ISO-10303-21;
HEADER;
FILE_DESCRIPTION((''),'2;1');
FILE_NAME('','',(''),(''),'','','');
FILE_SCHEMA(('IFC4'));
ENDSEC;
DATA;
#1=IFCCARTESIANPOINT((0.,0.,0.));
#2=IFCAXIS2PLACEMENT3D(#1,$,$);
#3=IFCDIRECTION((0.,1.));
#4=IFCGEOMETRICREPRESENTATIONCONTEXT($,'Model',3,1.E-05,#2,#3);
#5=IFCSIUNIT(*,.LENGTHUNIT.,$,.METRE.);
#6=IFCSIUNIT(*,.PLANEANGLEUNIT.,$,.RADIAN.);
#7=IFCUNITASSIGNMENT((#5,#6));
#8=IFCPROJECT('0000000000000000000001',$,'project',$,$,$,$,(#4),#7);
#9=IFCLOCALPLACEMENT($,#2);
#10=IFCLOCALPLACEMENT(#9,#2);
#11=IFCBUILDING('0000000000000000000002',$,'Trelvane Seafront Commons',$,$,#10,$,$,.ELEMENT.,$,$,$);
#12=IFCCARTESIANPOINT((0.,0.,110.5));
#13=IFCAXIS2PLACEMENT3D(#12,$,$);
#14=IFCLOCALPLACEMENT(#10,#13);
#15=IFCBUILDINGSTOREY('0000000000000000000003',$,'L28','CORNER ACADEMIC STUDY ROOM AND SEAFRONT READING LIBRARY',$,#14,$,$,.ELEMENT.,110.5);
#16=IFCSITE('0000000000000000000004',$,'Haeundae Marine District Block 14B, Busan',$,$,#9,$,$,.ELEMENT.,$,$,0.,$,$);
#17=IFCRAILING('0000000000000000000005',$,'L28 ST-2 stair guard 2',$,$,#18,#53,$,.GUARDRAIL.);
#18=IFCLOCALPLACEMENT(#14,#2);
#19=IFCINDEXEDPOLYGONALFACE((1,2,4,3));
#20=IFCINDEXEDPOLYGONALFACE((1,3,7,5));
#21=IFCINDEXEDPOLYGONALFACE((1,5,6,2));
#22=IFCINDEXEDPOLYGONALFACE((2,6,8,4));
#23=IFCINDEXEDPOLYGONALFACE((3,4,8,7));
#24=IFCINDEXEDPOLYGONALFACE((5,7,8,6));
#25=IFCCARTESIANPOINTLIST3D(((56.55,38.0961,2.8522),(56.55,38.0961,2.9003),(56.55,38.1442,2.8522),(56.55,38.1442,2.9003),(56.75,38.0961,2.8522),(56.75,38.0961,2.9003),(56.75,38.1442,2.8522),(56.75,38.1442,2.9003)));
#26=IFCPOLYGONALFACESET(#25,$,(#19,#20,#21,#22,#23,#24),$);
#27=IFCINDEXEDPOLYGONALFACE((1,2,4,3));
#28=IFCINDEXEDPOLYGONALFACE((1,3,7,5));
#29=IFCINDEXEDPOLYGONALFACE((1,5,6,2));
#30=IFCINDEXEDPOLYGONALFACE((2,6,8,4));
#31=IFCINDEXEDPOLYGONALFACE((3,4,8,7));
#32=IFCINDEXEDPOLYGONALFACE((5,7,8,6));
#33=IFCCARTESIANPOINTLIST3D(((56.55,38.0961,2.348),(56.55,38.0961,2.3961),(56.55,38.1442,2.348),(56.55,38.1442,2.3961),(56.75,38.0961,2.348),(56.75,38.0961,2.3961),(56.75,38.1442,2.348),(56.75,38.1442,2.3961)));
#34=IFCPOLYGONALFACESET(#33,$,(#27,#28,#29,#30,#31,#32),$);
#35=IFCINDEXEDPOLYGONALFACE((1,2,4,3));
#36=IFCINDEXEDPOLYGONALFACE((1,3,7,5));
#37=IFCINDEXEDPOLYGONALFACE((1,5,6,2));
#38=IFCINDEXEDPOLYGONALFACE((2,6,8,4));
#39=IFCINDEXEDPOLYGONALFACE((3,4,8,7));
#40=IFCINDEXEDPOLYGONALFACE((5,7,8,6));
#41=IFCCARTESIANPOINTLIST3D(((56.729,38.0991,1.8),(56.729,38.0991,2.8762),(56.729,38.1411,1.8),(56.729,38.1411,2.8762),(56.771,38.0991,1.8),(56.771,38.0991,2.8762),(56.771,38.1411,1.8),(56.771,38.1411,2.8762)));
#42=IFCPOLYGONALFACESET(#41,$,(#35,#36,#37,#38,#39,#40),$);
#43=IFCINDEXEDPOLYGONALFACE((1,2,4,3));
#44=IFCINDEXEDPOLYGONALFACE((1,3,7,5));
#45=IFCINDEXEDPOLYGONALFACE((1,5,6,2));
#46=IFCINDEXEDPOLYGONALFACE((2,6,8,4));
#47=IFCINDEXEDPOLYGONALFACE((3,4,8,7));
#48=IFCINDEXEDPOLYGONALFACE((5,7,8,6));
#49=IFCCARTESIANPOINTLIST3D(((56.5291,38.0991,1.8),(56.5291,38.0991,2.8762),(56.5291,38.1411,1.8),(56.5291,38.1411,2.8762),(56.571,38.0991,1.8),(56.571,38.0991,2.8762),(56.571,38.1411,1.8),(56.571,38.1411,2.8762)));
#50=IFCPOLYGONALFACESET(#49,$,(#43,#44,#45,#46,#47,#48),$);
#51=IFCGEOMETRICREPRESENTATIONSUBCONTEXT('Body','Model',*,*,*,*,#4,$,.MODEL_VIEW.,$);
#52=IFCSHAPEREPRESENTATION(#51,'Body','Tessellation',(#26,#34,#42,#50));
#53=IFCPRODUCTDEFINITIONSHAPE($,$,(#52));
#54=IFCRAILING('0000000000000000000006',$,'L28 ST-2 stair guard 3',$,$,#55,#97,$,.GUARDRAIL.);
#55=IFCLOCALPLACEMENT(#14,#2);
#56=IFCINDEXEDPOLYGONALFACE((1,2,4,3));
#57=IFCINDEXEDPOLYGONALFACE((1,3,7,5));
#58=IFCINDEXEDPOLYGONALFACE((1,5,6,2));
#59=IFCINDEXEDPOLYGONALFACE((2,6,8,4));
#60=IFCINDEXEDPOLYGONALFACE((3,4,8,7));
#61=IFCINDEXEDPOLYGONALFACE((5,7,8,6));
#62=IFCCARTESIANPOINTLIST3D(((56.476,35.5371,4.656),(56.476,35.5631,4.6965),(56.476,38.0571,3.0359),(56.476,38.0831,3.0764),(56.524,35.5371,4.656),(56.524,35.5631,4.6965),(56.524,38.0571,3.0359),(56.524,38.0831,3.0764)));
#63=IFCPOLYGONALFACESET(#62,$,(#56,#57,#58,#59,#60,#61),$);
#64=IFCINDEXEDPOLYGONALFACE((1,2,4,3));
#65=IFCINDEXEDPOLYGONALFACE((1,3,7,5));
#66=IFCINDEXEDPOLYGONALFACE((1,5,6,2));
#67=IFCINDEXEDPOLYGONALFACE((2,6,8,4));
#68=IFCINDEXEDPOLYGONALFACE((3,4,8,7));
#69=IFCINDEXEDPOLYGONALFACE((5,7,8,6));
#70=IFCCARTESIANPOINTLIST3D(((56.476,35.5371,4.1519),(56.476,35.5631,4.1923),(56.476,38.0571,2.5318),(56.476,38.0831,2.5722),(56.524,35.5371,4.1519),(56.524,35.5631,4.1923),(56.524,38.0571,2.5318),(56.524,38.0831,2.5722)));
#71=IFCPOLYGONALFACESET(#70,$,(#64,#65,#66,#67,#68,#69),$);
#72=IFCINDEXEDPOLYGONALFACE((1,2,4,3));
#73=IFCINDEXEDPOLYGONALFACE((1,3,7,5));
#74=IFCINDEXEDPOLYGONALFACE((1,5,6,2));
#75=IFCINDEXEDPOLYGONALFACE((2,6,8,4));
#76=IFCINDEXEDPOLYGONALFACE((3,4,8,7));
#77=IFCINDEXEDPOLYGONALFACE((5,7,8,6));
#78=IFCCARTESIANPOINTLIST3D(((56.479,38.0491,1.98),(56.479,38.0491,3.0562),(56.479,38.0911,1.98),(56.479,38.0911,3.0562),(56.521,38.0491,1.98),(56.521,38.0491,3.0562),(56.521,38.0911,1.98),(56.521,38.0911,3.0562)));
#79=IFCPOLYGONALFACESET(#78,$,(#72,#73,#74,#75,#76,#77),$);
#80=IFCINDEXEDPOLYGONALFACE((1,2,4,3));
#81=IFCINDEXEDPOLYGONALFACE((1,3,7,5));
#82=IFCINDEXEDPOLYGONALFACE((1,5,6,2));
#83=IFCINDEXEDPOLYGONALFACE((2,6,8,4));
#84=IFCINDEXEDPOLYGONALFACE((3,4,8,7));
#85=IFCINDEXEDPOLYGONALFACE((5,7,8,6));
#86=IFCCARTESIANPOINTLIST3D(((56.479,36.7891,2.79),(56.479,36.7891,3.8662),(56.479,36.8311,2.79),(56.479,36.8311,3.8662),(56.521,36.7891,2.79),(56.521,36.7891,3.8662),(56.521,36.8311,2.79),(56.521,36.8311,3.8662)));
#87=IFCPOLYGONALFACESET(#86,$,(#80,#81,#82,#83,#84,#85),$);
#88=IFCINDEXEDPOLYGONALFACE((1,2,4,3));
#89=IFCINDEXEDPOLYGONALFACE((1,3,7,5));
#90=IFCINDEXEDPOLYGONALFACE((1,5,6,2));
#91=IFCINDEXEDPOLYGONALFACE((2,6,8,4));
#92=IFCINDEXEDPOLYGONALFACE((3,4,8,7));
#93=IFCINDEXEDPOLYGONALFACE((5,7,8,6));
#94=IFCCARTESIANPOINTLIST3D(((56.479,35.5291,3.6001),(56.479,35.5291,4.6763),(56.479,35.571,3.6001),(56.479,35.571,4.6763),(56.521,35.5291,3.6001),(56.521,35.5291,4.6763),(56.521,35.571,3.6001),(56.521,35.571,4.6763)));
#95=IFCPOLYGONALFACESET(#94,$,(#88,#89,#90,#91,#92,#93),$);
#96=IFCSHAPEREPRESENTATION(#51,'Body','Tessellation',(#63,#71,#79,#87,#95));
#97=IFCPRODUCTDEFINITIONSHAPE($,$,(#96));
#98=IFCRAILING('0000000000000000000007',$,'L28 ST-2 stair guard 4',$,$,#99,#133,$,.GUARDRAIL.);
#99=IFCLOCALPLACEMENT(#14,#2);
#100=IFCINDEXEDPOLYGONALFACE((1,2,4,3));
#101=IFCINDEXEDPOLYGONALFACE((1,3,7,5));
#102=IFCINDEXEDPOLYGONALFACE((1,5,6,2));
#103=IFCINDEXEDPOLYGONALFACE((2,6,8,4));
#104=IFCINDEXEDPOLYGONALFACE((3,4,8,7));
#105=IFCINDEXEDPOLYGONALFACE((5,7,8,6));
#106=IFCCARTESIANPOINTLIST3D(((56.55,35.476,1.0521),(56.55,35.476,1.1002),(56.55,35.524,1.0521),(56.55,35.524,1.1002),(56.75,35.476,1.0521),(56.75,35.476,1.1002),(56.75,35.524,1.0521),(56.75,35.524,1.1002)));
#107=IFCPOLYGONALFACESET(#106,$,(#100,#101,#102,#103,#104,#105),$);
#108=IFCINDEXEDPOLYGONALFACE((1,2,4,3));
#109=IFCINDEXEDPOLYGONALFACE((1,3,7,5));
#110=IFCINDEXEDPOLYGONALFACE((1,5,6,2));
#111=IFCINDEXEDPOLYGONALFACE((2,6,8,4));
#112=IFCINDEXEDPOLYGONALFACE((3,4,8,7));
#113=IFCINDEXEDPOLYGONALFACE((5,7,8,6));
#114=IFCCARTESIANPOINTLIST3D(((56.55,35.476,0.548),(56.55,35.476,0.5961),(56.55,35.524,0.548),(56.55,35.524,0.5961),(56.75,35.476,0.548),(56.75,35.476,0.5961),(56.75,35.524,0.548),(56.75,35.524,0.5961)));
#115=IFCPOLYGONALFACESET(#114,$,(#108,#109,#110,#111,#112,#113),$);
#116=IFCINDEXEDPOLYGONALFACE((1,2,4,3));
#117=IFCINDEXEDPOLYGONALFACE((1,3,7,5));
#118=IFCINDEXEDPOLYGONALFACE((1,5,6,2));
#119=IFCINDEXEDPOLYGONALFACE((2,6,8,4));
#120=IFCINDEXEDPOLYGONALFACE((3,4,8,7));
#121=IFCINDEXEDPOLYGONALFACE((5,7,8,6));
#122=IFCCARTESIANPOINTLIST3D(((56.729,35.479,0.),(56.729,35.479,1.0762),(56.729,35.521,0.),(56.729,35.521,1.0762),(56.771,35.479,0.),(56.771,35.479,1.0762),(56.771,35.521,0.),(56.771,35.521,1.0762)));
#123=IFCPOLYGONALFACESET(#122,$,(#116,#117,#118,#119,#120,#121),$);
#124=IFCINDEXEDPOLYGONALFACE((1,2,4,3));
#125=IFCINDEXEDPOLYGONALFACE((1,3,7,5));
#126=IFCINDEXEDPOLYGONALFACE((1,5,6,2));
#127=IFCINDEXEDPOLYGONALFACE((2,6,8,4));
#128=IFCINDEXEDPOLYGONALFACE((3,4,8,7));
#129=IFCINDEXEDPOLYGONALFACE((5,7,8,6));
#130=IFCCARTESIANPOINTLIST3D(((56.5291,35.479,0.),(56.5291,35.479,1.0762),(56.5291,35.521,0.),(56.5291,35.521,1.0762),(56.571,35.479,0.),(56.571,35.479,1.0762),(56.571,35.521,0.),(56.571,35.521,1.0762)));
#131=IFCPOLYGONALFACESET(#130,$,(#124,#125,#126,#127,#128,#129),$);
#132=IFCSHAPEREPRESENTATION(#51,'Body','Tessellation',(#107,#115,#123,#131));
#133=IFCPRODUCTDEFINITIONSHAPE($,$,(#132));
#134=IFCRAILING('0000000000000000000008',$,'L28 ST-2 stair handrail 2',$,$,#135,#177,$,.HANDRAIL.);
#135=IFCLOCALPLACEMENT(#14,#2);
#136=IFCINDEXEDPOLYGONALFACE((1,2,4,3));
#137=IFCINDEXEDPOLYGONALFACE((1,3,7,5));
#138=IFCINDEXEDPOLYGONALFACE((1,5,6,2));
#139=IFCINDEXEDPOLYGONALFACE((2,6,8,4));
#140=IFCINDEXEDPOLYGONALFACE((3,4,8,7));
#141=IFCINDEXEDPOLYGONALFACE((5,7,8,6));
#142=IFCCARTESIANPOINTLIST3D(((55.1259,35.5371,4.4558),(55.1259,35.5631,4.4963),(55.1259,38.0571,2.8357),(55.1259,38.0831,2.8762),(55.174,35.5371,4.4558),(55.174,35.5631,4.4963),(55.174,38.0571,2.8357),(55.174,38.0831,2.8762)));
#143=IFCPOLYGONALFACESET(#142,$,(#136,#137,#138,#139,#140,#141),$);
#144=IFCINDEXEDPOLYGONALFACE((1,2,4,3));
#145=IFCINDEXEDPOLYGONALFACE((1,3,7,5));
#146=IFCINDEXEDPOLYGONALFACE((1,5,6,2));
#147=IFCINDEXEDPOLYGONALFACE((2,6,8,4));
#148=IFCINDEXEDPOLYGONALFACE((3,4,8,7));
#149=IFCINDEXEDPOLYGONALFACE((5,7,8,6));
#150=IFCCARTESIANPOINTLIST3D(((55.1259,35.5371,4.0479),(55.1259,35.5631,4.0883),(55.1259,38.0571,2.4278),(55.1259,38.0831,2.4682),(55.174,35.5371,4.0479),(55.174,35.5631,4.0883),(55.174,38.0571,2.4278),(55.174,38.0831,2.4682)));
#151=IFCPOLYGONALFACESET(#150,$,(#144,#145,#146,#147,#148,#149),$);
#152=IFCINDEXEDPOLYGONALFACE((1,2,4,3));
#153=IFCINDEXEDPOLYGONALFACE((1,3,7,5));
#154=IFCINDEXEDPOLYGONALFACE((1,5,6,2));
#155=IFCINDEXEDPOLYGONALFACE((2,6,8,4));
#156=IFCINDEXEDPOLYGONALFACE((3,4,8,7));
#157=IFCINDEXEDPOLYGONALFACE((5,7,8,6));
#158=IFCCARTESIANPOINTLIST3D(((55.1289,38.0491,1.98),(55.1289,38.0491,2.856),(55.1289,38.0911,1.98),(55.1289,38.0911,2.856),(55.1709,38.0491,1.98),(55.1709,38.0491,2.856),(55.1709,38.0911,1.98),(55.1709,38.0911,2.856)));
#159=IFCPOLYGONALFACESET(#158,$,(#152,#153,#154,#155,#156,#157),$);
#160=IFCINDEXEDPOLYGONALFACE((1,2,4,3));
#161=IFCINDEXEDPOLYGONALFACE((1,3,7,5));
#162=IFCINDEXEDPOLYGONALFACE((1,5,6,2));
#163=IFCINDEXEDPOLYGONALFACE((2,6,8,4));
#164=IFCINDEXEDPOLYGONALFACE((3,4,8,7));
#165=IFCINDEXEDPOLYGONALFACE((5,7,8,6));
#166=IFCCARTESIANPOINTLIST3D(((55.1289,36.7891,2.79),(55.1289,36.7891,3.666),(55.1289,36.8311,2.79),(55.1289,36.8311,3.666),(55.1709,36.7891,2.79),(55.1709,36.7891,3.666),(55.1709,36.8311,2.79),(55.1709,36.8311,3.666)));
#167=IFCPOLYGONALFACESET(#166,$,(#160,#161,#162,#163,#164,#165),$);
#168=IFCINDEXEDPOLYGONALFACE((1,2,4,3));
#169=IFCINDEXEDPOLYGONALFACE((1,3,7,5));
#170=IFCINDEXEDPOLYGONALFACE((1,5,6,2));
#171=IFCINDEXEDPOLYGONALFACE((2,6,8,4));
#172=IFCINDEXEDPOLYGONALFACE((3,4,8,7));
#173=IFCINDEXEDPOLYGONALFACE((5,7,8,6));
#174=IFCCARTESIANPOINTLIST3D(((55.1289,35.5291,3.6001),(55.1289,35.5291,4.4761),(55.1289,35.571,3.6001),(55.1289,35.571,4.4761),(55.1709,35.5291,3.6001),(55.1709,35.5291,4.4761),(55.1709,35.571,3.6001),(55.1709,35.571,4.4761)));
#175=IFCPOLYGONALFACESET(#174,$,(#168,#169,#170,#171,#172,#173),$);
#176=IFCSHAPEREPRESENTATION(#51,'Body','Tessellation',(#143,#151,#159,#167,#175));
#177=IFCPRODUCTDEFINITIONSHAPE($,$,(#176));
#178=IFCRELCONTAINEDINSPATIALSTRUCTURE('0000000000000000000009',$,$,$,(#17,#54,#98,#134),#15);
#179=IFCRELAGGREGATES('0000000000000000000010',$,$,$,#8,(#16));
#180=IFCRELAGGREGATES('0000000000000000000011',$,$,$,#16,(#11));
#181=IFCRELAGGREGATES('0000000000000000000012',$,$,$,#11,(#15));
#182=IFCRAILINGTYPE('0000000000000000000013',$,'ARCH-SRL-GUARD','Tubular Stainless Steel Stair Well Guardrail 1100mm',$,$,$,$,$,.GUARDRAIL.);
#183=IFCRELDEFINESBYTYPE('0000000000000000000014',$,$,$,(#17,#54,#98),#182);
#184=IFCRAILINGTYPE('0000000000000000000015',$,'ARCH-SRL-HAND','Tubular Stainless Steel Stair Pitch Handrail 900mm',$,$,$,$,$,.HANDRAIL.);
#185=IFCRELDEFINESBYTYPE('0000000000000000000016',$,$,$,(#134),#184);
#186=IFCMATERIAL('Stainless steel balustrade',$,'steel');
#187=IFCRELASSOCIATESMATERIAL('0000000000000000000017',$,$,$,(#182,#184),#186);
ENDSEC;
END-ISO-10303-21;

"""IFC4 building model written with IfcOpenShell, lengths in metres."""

from ifc_helpers import new_model, si_unit, direction, frame, origin, origin_2d, place, context, subcontext, project, spatial, rectangle, extrude, material, type_object, element, save


model = new_model("IFC4")

# Units and contexts
model_context = context("Model", 3, precision=1e-05, world=origin(), true_north=direction((0.0, 1.0)))
body_context = subcontext(model_context, "Body", "Model", "MODEL_VIEW")
ifc_project = project(units=[si_unit("LENGTHUNIT", "METRE"), si_unit("PLANEANGLEUNIT", "RADIAN")], contexts=[model_context])

# Site, building, storey
site_placement = place(None, origin())
site = spatial("IfcSite", under=ifc_project, at=site_placement, Name="Haeundae Marine District Block 14B, Busan", CompositionType="ELEMENT", RefElevation=0.0)
building_placement = place(site_placement, origin())
building = spatial("IfcBuilding", under=site, at=building_placement, Name="Trelvane Seafront Commons", CompositionType="ELEMENT")
storey_placement = place(building_placement, frame((0.0, 0.0, 110.5)))
storey = spatial("IfcBuildingStorey", under=building, at=storey_placement, Name="L28", Description="CORNER ACADEMIC STUDY ROOM AND SEAFRONT READING LIBRARY", CompositionType="ELEMENT", Elevation=110.5)

# Railings
ifc_material_1 = material(Name="Stainless steel balustrade", Category="steel")
railing_type_1 = type_object("IfcRailingType", Name="ARCH-SRL-GUARD", Description="Tubular Stainless Steel Stair Well Guardrail 1100mm", PredefinedType="GUARDRAIL", material=ifc_material_1)
railing_1_placement = place(storey_placement, frame((56.75, 38.1201, 1.8)))
element("IfcRailing", 1, at=railing_1_placement, inside=storey, type_object=railing_type_1, Name="L28 ST-2 stair guard 2", PredefinedType="GUARDRAIL", context=body_context, shape_type="SweptSolid", body=[
    extrude(rectangle(XDim=0.0481, YDim=0.0481, at=origin_2d()), frame((0.0, 0.0, 1.0762), z_axis=(-1.0, 0.0, 0.0), x_axis=(0.0, -1.0, 0.0)), (0.0, 0.0, 1.0), 0.2),
    extrude(rectangle(XDim=0.0481, YDim=0.0481, at=origin_2d()), frame((0.0, 0.0, 0.572), z_axis=(-1.0, 0.0, 0.0), x_axis=(0.0, -1.0, 0.0)), (0.0, 0.0, 1.0), 0.2),
    extrude(rectangle(XDim=0.042, YDim=0.042, at=origin_2d()), origin(), (0.0, 0.0, 1.0), 1.0762),
    extrude(rectangle(XDim=0.042, YDim=0.042, at=origin_2d()), frame((-0.2, 0.0, 0.0)), (0.0, 0.0, 1.0), 1.0762),
])
railing_2_placement = place(storey_placement, frame((56.5, 38.0701, 1.98)))
element("IfcRailing", 2, at=railing_2_placement, inside=storey, type_object=railing_type_1, Name="L28 ST-2 stair guard 3", PredefinedType="GUARDRAIL", context=body_context, shape_type="SweptSolid", body=[
    extrude(rectangle(XDim=0.0481, YDim=0.0481, at=origin_2d()), frame((0.0, 0.0, 1.0762), z_axis=(0.0, -0.841163, 0.540782), x_axis=(1.0, 0.0, 0.0)), (0.0, 0.0, 1.0), 2.9958),
    extrude(rectangle(XDim=0.0481, YDim=0.0481, at=origin_2d()), frame((0.0, 0.0, 0.572), z_axis=(0.0, -0.841163, 0.540782), x_axis=(1.0, 0.0, 0.0)), (0.0, 0.0, 1.0), 2.9958),
    extrude(rectangle(XDim=0.042, YDim=0.042, at=origin_2d()), origin(), (0.0, 0.0, 1.0), 1.0762),
    extrude(rectangle(XDim=0.042, YDim=0.042, at=origin_2d()), frame((0.0, -1.26, 0.8101)), (0.0, 0.0, 1.0), 1.0762),
    extrude(rectangle(XDim=0.042, YDim=0.042, at=origin_2d()), frame((0.0, -2.52, 1.6201)), (0.0, 0.0, 1.0), 1.0762),
])
railing_3_placement = place(storey_placement, frame((56.75, 35.5, 0.0)))
element("IfcRailing", 3, at=railing_3_placement, inside=storey, type_object=railing_type_1, Name="L28 ST-2 stair guard 4", PredefinedType="GUARDRAIL", context=body_context, shape_type="SweptSolid", body=[
    extrude(rectangle(XDim=0.0481, YDim=0.0481, at=origin_2d()), frame((0.0, 0.0, 1.0762), z_axis=(-1.0, 0.0, 0.0), x_axis=(0.0, -1.0, 0.0)), (0.0, 0.0, 1.0), 0.2),
    extrude(rectangle(XDim=0.0481, YDim=0.0481, at=origin_2d()), frame((0.0, 0.0, 0.572), z_axis=(-1.0, 0.0, 0.0), x_axis=(0.0, -1.0, 0.0)), (0.0, 0.0, 1.0), 0.2),
    extrude(rectangle(XDim=0.042, YDim=0.042, at=origin_2d()), origin(), (0.0, 0.0, 1.0), 1.0762),
    extrude(rectangle(XDim=0.042, YDim=0.042, at=origin_2d()), frame((-0.2, 0.0, 0.0)), (0.0, 0.0, 1.0), 1.0762),
])
railing_type_2 = type_object("IfcRailingType", Name="ARCH-SRL-HAND", Description="Tubular Stainless Steel Stair Pitch Handrail 900mm", PredefinedType="HANDRAIL", material=ifc_material_1)
railing_4_placement = place(storey_placement, frame((55.1499, 38.0701, 1.98)))
element("IfcRailing", 4, at=railing_4_placement, inside=storey, type_object=railing_type_2, Name="L28 ST-2 stair handrail 2", PredefinedType="HANDRAIL", context=body_context, shape_type="SweptSolid", body=[
    extrude(rectangle(XDim=0.0481, YDim=0.0481, at=origin_2d()), frame((0.0, 0.0, 0.876), z_axis=(0.0, -0.841163, 0.540782), x_axis=(1.0, 0.0, 0.0)), (0.0, 0.0, 1.0), 2.9958),
    extrude(rectangle(XDim=0.0481, YDim=0.0481, at=origin_2d()), frame((0.0, 0.0, 0.468), z_axis=(0.0, -0.841163, 0.540782), x_axis=(1.0, 0.0, 0.0)), (0.0, 0.0, 1.0), 2.9958),
    extrude(rectangle(XDim=0.042, YDim=0.042, at=origin_2d()), origin(), (0.0, 0.0, 1.0), 0.876),
    extrude(rectangle(XDim=0.042, YDim=0.042, at=origin_2d()), frame((0.0, -1.26, 0.8101)), (0.0, 0.0, 1.0), 0.876),
    extrude(rectangle(XDim=0.042, YDim=0.042, at=origin_2d()), frame((0.0, -2.52, 1.6201)), (0.0, 0.0, 1.0), 0.876),
])

save(model, "model.ifc")
